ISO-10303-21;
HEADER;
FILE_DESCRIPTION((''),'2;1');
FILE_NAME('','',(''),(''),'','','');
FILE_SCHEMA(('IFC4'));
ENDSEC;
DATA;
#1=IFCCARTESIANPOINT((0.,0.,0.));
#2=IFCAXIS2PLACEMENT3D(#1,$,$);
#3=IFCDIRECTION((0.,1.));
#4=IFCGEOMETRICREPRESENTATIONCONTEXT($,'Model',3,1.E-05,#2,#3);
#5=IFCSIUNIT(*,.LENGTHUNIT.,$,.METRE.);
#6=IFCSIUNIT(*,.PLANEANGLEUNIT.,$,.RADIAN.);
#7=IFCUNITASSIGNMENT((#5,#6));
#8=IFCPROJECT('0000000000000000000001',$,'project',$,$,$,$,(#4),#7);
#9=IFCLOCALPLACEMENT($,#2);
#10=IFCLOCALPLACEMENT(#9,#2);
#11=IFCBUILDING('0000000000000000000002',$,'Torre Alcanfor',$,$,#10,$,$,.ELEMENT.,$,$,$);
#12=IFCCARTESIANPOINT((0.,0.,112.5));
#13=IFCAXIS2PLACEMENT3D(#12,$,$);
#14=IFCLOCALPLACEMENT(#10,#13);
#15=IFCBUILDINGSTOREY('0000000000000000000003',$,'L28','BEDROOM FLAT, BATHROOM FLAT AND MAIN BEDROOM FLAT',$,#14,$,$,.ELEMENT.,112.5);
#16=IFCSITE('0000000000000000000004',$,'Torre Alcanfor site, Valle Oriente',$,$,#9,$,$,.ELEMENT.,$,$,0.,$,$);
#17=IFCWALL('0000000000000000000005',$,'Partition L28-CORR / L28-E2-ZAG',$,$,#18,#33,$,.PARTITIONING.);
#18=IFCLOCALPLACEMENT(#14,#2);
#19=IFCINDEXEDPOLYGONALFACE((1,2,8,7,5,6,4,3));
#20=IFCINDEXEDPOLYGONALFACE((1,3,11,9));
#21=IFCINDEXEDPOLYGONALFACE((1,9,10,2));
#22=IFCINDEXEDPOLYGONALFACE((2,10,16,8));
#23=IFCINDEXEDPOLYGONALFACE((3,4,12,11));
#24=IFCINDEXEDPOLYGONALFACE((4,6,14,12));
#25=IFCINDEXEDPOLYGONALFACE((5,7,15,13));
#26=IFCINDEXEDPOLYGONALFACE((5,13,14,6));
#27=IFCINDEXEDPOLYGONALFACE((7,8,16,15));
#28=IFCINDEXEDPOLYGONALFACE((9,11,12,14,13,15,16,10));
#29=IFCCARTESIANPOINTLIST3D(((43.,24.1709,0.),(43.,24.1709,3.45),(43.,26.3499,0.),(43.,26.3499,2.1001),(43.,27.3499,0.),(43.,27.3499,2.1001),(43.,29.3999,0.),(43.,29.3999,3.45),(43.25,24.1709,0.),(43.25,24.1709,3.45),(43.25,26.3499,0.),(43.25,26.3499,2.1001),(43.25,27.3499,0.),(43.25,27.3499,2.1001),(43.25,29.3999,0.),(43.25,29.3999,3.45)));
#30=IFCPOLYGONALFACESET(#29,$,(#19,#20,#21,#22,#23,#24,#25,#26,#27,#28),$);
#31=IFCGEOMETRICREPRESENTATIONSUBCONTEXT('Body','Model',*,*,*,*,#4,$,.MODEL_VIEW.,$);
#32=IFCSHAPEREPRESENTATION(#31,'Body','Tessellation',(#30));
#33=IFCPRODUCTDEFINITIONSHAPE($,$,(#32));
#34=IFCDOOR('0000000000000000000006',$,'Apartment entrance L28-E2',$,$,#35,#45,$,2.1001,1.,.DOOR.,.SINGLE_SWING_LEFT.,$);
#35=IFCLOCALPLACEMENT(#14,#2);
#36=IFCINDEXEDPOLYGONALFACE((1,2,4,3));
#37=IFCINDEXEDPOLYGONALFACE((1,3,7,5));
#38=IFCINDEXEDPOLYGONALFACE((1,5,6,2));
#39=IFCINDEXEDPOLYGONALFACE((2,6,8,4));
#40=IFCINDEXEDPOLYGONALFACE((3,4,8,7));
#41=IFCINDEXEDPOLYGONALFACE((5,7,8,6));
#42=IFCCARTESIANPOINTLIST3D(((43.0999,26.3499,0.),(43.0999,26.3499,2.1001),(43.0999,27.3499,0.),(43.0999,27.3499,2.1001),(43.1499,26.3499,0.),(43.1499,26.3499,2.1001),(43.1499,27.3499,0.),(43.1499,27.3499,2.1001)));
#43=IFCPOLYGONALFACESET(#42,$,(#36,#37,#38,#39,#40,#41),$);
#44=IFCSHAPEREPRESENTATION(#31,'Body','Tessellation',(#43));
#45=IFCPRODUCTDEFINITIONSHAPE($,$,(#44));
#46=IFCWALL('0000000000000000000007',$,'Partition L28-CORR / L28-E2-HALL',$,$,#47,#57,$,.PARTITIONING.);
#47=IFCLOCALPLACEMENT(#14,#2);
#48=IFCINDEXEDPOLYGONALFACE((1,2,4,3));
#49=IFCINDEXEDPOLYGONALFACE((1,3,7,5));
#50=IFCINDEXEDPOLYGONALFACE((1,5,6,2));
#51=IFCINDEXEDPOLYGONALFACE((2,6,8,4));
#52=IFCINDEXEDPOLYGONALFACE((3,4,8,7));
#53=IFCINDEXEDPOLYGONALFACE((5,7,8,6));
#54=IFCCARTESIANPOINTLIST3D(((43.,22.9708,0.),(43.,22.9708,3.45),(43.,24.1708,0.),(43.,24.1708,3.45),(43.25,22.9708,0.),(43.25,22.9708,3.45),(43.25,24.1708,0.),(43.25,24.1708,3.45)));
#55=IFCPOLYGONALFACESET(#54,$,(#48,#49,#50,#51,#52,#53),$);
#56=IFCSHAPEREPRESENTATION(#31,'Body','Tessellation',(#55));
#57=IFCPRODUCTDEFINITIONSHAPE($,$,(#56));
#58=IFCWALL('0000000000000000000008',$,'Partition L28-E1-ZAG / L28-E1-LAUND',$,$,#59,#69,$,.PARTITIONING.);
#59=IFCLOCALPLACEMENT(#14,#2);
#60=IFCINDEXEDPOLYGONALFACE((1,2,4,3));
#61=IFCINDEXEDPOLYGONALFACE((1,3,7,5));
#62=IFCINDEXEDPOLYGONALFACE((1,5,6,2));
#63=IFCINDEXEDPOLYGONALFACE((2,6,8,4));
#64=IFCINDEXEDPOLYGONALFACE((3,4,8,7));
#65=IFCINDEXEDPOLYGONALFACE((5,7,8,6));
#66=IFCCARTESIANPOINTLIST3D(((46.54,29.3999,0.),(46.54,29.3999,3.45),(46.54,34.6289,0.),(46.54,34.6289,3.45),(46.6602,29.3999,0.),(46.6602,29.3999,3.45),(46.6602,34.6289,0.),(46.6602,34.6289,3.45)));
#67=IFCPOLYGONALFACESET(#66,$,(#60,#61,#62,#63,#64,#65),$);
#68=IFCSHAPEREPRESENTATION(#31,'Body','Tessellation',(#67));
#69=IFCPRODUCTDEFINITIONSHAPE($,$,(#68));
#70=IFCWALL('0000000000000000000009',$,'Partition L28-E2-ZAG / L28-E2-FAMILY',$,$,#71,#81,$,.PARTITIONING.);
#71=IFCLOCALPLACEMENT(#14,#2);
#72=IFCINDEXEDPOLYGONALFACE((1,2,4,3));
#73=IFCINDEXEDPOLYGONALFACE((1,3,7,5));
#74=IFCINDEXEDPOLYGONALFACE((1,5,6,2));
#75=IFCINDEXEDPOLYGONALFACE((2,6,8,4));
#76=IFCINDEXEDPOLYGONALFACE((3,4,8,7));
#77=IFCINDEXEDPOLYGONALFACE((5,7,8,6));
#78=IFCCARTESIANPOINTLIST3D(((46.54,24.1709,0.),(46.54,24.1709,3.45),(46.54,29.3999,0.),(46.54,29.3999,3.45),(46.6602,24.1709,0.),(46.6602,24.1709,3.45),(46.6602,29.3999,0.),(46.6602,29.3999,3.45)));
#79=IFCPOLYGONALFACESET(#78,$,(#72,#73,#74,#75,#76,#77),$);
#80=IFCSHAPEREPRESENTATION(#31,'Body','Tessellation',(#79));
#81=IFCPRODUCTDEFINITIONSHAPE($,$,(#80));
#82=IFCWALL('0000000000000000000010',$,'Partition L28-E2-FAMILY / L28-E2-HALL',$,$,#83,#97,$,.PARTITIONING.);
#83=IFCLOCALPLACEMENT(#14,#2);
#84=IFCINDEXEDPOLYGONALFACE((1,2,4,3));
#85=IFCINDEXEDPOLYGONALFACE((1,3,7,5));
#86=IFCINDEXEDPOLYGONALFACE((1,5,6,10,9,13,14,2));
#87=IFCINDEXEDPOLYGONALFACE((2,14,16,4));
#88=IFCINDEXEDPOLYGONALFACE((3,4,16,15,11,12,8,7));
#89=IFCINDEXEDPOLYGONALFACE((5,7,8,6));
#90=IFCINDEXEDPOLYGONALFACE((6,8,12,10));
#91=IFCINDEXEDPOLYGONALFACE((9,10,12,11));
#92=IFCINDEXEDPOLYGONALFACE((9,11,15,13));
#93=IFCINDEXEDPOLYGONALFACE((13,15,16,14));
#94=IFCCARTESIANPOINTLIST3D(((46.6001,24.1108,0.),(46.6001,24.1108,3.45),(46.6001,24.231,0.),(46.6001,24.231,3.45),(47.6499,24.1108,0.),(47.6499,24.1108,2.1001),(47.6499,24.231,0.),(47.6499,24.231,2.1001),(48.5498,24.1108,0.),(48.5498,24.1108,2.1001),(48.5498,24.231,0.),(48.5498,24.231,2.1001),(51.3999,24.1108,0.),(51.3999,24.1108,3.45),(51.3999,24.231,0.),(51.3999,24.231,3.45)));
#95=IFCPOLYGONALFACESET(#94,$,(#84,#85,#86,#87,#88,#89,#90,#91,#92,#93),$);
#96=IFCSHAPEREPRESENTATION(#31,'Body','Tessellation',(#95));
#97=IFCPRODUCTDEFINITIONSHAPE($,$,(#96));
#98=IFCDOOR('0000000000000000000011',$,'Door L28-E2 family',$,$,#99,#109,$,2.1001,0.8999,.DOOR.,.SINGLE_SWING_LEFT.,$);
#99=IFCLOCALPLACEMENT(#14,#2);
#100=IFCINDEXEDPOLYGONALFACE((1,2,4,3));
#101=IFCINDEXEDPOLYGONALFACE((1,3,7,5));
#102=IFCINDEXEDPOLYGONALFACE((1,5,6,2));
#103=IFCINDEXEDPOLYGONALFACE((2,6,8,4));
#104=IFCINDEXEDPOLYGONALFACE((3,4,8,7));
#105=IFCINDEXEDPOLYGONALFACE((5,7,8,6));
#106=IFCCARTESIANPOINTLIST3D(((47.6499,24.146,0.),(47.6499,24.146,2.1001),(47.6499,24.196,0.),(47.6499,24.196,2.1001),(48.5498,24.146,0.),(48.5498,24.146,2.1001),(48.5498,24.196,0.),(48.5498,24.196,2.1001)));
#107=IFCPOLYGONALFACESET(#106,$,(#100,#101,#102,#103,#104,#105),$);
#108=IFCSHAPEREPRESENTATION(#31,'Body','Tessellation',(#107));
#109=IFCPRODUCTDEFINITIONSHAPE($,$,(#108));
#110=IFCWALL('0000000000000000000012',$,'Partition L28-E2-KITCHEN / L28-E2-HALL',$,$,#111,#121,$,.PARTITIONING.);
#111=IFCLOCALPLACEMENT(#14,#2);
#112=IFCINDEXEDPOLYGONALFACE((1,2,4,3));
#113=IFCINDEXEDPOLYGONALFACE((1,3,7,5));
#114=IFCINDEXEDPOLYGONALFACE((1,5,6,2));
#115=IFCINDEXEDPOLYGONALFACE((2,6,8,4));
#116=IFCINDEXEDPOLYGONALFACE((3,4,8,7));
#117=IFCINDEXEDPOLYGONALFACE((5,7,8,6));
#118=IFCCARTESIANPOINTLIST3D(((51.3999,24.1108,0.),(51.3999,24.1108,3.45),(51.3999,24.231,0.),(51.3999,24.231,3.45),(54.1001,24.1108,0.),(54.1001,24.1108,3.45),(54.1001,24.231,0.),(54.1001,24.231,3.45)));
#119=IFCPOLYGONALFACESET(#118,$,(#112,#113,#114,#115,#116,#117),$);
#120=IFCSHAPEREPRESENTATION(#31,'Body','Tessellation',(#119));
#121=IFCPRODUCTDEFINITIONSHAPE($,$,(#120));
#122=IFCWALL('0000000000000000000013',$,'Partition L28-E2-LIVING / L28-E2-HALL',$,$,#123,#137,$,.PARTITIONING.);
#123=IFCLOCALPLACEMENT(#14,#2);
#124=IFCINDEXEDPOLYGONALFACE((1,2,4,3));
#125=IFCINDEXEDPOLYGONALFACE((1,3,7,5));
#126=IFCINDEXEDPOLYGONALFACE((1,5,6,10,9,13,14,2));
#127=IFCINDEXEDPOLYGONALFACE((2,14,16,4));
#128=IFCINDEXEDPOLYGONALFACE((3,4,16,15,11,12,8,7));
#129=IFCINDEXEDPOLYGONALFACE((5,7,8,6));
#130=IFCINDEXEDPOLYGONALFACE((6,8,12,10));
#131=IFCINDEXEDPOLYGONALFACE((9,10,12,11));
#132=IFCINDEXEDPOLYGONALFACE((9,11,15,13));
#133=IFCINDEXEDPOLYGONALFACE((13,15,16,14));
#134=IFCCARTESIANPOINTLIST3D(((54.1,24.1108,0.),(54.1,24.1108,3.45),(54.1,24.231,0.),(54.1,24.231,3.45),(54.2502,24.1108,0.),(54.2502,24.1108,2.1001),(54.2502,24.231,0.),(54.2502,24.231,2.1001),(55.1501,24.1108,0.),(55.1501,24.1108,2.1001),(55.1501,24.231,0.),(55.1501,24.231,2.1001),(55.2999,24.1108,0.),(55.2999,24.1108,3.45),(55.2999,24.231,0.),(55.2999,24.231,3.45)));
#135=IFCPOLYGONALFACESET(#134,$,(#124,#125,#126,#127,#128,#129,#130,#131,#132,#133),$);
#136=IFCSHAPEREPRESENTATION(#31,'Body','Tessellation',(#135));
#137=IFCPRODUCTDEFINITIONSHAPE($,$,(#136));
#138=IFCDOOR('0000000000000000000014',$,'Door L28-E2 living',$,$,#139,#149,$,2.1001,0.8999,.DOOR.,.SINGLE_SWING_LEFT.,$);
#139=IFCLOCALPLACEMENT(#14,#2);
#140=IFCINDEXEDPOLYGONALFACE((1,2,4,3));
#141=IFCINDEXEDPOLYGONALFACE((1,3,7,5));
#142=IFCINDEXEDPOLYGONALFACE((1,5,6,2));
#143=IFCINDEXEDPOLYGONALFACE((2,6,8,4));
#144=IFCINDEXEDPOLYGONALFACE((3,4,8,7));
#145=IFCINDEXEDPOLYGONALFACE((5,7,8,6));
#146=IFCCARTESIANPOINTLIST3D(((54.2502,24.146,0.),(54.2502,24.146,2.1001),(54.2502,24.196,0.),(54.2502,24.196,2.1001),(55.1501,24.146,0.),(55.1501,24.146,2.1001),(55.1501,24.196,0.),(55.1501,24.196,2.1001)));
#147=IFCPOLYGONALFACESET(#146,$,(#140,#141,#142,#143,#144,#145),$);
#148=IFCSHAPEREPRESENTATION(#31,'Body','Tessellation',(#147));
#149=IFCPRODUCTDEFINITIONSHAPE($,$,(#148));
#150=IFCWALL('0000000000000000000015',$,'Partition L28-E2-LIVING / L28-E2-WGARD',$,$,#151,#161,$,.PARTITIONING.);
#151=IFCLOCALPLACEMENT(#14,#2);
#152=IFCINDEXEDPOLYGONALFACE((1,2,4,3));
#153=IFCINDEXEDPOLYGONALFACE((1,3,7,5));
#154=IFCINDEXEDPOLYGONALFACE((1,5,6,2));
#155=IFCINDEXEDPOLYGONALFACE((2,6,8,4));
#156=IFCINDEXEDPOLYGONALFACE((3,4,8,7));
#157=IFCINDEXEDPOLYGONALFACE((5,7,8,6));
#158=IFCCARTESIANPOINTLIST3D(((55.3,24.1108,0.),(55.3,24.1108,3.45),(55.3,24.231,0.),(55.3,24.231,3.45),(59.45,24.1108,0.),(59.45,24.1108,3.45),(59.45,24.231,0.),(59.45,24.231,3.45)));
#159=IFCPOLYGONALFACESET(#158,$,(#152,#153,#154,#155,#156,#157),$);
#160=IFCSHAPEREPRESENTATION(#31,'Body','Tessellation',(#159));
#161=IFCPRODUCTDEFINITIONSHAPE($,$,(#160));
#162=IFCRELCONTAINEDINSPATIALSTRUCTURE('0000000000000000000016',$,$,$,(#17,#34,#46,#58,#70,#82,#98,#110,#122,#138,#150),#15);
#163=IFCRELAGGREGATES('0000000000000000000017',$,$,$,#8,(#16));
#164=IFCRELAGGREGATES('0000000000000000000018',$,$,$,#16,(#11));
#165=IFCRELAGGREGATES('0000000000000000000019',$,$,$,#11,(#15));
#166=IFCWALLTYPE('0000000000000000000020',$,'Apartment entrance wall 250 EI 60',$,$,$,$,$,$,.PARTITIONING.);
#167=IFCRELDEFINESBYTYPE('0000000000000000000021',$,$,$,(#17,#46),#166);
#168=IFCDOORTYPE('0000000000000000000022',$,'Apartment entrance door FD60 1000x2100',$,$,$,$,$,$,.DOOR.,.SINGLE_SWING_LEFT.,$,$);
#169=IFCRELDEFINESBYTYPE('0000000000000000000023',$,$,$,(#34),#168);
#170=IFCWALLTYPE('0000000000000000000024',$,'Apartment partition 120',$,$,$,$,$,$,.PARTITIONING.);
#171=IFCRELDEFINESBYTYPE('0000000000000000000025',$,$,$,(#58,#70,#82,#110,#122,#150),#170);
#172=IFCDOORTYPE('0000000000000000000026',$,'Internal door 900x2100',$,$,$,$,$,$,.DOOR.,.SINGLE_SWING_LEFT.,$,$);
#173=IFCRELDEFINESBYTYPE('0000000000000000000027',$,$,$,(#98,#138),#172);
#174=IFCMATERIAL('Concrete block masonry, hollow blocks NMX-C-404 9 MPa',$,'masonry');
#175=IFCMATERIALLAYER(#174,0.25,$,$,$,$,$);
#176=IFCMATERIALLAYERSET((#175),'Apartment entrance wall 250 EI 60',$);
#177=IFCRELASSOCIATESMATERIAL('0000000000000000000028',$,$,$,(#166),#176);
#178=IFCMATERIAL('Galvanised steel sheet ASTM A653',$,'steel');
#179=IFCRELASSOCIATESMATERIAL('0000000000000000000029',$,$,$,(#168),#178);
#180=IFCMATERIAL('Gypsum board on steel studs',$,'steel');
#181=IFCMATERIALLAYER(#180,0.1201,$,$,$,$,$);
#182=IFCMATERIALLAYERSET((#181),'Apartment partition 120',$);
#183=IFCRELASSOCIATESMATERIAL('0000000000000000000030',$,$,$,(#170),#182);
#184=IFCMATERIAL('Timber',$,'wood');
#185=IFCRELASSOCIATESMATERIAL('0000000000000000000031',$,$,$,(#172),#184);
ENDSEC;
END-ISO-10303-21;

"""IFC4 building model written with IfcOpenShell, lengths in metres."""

from ifc_helpers import new_model, si_unit, direction, frame, frame_2d, origin, place, context, subcontext, project, spatial, rectangle, extrude, material, layer, layer_set, type_object, element, fill, save


model = new_model("IFC4")

# Units and contexts
model_context = context("Model", 3, precision=1e-05, world=origin(), true_north=direction((0.0, 1.0)))
body_context = subcontext(model_context, "Body", "Model", "MODEL_VIEW")
ifc_project = project(units=[si_unit("LENGTHUNIT", "METRE"), si_unit("PLANEANGLEUNIT", "RADIAN")], contexts=[model_context])

# Site, building, storey
site_placement = place(None, origin())
site = spatial("IfcSite", under=ifc_project, at=site_placement, Name="Torre Alcanfor site, Valle Oriente", CompositionType="ELEMENT", RefElevation=0.0)
building_placement = place(site_placement, origin())
building = spatial("IfcBuilding", under=site, at=building_placement, Name="Torre Alcanfor", CompositionType="ELEMENT")
storey_placement = place(building_placement, frame((0.0, 0.0, 112.5)))
storey = spatial("IfcBuildingStorey", under=building, at=storey_placement, Name="L28", Description="BEDROOM FLAT, BATHROOM FLAT AND MAIN BEDROOM FLAT", CompositionType="ELEMENT", Elevation=112.5)

# Wall, opening, door
ifc_material_1 = material(Name="Concrete block masonry, hollow blocks NMX-C-404 9 MPa", Category="masonry")
ifc_layer_1 = layer(ifc_material_1, 0.25)
ifc_layer_set_1 = layer_set([ifc_layer_1], Name="Apartment entrance wall 250 EI 60")
wall_type_1 = type_object("IfcWallType", Name="Apartment entrance wall 250 EI 60", PredefinedType="PARTITIONING", material=ifc_layer_set_1)
wall_1_placement = place(storey_placement, frame((43.125, 29.3999, 0.0), z_axis=(0.0, 0.0, 1.0), x_axis=(0.0, -1.0, 0.0)))
wall_1 = element("IfcWall", 1, at=wall_1_placement, inside=storey, type_object=wall_type_1, Name="Partition L28-CORR / L28-E2-ZAG", PredefinedType="PARTITIONING", context=body_context, shape_type="SweptSolid", body=[
    extrude(rectangle(XDim=5.229, YDim=0.25, at=frame_2d((2.6145, 0.0))), origin(), (0.0, 0.0, 1.0), 3.45),
])
opening_1_placement = place(wall_1_placement, frame((2.05, 0.0, 0.0)))
opening_1 = element("IfcOpeningElement", 2, at=opening_1_placement, cuts=wall_1, PredefinedType="OPENING", context=body_context, shape_type="SweptSolid", body=[
    extrude(rectangle(XDim=1.0, YDim=2.1001, at=frame_2d((0.5, 1.05))), frame((0.0, 0.135, 0.0), z_axis=(0.0, -1.0, 0.0), x_axis=(1.0, 0.0, 0.0)), (0.0, 0.0, 1.0), 0.27),
])
ifc_material_2 = material(Name="Galvanised steel sheet ASTM A653", Category="steel")
door_type_1 = type_object("IfcDoorType", Name="Apartment entrance door FD60 1000x2100", OperationType="SINGLE_SWING_LEFT", PredefinedType="DOOR", material=ifc_material_2)
door_1_placement = place(opening_1_placement, origin())
door_1 = element("IfcDoor", 3, at=door_1_placement, inside=storey, type_object=door_type_1, Name="Apartment entrance L28-E2", OperationType="SINGLE_SWING_LEFT", OverallHeight=2.1001, OverallWidth=1.0, PredefinedType="DOOR", context=body_context, shape_type="SweptSolid", body=[
    extrude(rectangle(XDim=1.0, YDim=2.1001, at=frame_2d((0.5, 1.05))), frame((0.0, 0.0249, 0.0), z_axis=(0.0, -1.0, 0.0), x_axis=(1.0, 0.0, 0.0)), (0.0, 0.0, 1.0), 0.05),
])
fill(opening_1, door_1)

# Walls
wall_2_placement = place(storey_placement, frame((43.125, 24.1709, 0.0), z_axis=(0.0, 0.0, 1.0), x_axis=(0.0, -1.0, 0.0)))
element("IfcWall", 4, at=wall_2_placement, inside=storey, type_object=wall_type_1, Name="Partition L28-CORR / L28-E2-HALL", PredefinedType="PARTITIONING", context=body_context, shape_type="SweptSolid", body=[
    extrude(rectangle(XDim=1.2, YDim=0.25, at=frame_2d((0.6001, 0.0))), origin(), (0.0, 0.0, 1.0), 3.45),
])
ifc_material_3 = material(Name="Gypsum board on steel studs", Category="steel")
ifc_layer_2 = layer(ifc_material_3, 0.1201)
ifc_layer_set_2 = layer_set([ifc_layer_2], Name="Apartment partition 120")
wall_type_2 = type_object("IfcWallType", Name="Apartment partition 120", PredefinedType="PARTITIONING", material=ifc_layer_set_2)
for number, where, z_axis, x_axis, name in (
    (5, (46.6001, 29.3999, 0.0), (0.0, 0.0, 1.0), (0.0, 1.0, 0.0), "Partition L28-E1-ZAG / L28-E1-LAUND"),
    (6, (46.6001, 29.3999, 0.0), (0.0, 0.0, 1.0), (0.0, -1.0, 0.0), "Partition L28-E2-ZAG / L28-E2-FAMILY"),
):
    element("IfcWall", number, at=place(storey_placement, frame(where, z_axis=z_axis, x_axis=x_axis)), inside=storey, type_object=wall_type_2, Name=name, PredefinedType="PARTITIONING", context=body_context, shape_type="SweptSolid", body=[
        extrude(rectangle(XDim=5.229, YDim=0.1201, at=frame_2d((2.6145, 0.0))), origin(), (0.0, 0.0, 1.0), 3.45),
    ])

# Wall, opening, door
wall_3_placement = place(storey_placement, frame((51.3999, 24.1709, 0.0), z_axis=(0.0, 0.0, 1.0), x_axis=(-1.0, 0.0, 0.0)))
wall_3 = element("IfcWall", 7, at=wall_3_placement, inside=storey, type_object=wall_type_2, Name="Partition L28-E2-FAMILY / L28-E2-HALL", PredefinedType="PARTITIONING", context=body_context, shape_type="SweptSolid", body=[
    extrude(rectangle(XDim=4.7998, YDim=0.1201, at=frame_2d((2.3999, 0.0))), origin(), (0.0, 0.0, 1.0), 3.45),
])
opening_2_placement = place(wall_3_placement, frame((2.8501, 0.0, 0.0)))
opening_2 = element("IfcOpeningElement", 8, at=opening_2_placement, cuts=wall_3, PredefinedType="OPENING", context=body_context, shape_type="SweptSolid", body=[
    extrude(rectangle(XDim=0.8999, YDim=2.1001, at=frame_2d((0.45, 1.05))), frame((0.0, 0.0701, 0.0), z_axis=(0.0, -1.0, 0.0), x_axis=(1.0, 0.0, 0.0)), (0.0, 0.0, 1.0), 0.1401),
])
ifc_material_4 = material(Name="Timber", Category="wood")
door_type_2 = type_object("IfcDoorType", Name="Internal door 900x2100", OperationType="SINGLE_SWING_LEFT", PredefinedType="DOOR", material=ifc_material_4)
door_2_placement = place(opening_2_placement, frame((0.8999, 0.0, 0.0), z_axis=(0.0, 0.0, 1.0), x_axis=(-1.0, 0.0, 0.0)))
door_2 = element("IfcDoor", 9, at=door_2_placement, inside=storey, type_object=door_type_2, Name="Door L28-E2 family", OperationType="SINGLE_SWING_LEFT", OverallHeight=2.1001, OverallWidth=0.8999, PredefinedType="DOOR", context=body_context, shape_type="SweptSolid", body=[
    extrude(rectangle(XDim=0.8999, YDim=2.1001, at=frame_2d((0.45, 1.05))), frame((0.0, 0.0251, 0.0), z_axis=(0.0, -1.0, 0.0), x_axis=(1.0, 0.0, 0.0)), (0.0, 0.0, 1.0), 0.05),
])
fill(opening_2, door_2)

# Wall
wall_4_placement = place(storey_placement, frame((54.1001, 24.1709, 0.0), z_axis=(0.0, 0.0, 1.0), x_axis=(-1.0, 0.0, 0.0)))
element("IfcWall", 10, at=wall_4_placement, inside=storey, type_object=wall_type_2, Name="Partition L28-E2-KITCHEN / L28-E2-HALL", PredefinedType="PARTITIONING", context=body_context, shape_type="SweptSolid", body=[
    extrude(rectangle(XDim=2.7002, YDim=0.1201, at=frame_2d((1.3501, 0.0))), origin(), (0.0, 0.0, 1.0), 3.45),
])

# Wall, opening, door
wall_5_placement = place(storey_placement, frame((55.3, 24.1709, 0.0), z_axis=(0.0, 0.0, 1.0), x_axis=(-1.0, 0.0, 0.0)))
wall_5 = element("IfcWall", 11, at=wall_5_placement, inside=storey, type_object=wall_type_2, Name="Partition L28-E2-LIVING / L28-E2-HALL", PredefinedType="PARTITIONING", context=body_context, shape_type="SweptSolid", body=[
    extrude(rectangle(XDim=1.2, YDim=0.1201, at=frame_2d((0.6001, 0.0))), origin(), (0.0, 0.0, 1.0), 3.45),
])
opening_3_placement = place(wall_5_placement, frame((0.1499, 0.0, 0.0)))
opening_3 = element("IfcOpeningElement", 12, at=opening_3_placement, cuts=wall_5, PredefinedType="OPENING", context=body_context, shape_type="SweptSolid", body=[
    extrude(rectangle(XDim=0.8999, YDim=2.1001, at=frame_2d((0.45, 1.05))), frame((0.0, 0.0701, 0.0), z_axis=(0.0, -1.0, 0.0), x_axis=(1.0, 0.0, 0.0)), (0.0, 0.0, 1.0), 0.1401),
])
door_3_placement = place(opening_3_placement, frame((0.8999, 0.0, 0.0), z_axis=(0.0, 0.0, 1.0), x_axis=(-1.0, 0.0, 0.0)))
door_3 = element("IfcDoor", 13, at=door_3_placement, inside=storey, type_object=door_type_2, Name="Door L28-E2 living", OperationType="SINGLE_SWING_LEFT", OverallHeight=2.1001, OverallWidth=0.8999, PredefinedType="DOOR", context=body_context, shape_type="SweptSolid", body=[
    extrude(rectangle(XDim=0.8999, YDim=2.1001, at=frame_2d((0.45, 1.05))), frame((0.0, 0.0251, 0.0), z_axis=(0.0, -1.0, 0.0), x_axis=(1.0, 0.0, 0.0)), (0.0, 0.0, 1.0), 0.05),
])
fill(opening_3, door_3)

# Wall
wall_6_placement = place(storey_placement, frame((59.45, 24.1709, 0.0), z_axis=(0.0, 0.0, 1.0), x_axis=(-1.0, 0.0, 0.0)))
element("IfcWall", 14, at=wall_6_placement, inside=storey, type_object=wall_type_2, Name="Partition L28-E2-LIVING / L28-E2-WGARD", PredefinedType="PARTITIONING", context=body_context, shape_type="SweptSolid", body=[
    extrude(rectangle(XDim=4.1499, YDim=0.1201, at=frame_2d((2.075, 0.0))), origin(), (0.0, 0.0, 1.0), 3.45),
])

save(model, "model.ifc")
